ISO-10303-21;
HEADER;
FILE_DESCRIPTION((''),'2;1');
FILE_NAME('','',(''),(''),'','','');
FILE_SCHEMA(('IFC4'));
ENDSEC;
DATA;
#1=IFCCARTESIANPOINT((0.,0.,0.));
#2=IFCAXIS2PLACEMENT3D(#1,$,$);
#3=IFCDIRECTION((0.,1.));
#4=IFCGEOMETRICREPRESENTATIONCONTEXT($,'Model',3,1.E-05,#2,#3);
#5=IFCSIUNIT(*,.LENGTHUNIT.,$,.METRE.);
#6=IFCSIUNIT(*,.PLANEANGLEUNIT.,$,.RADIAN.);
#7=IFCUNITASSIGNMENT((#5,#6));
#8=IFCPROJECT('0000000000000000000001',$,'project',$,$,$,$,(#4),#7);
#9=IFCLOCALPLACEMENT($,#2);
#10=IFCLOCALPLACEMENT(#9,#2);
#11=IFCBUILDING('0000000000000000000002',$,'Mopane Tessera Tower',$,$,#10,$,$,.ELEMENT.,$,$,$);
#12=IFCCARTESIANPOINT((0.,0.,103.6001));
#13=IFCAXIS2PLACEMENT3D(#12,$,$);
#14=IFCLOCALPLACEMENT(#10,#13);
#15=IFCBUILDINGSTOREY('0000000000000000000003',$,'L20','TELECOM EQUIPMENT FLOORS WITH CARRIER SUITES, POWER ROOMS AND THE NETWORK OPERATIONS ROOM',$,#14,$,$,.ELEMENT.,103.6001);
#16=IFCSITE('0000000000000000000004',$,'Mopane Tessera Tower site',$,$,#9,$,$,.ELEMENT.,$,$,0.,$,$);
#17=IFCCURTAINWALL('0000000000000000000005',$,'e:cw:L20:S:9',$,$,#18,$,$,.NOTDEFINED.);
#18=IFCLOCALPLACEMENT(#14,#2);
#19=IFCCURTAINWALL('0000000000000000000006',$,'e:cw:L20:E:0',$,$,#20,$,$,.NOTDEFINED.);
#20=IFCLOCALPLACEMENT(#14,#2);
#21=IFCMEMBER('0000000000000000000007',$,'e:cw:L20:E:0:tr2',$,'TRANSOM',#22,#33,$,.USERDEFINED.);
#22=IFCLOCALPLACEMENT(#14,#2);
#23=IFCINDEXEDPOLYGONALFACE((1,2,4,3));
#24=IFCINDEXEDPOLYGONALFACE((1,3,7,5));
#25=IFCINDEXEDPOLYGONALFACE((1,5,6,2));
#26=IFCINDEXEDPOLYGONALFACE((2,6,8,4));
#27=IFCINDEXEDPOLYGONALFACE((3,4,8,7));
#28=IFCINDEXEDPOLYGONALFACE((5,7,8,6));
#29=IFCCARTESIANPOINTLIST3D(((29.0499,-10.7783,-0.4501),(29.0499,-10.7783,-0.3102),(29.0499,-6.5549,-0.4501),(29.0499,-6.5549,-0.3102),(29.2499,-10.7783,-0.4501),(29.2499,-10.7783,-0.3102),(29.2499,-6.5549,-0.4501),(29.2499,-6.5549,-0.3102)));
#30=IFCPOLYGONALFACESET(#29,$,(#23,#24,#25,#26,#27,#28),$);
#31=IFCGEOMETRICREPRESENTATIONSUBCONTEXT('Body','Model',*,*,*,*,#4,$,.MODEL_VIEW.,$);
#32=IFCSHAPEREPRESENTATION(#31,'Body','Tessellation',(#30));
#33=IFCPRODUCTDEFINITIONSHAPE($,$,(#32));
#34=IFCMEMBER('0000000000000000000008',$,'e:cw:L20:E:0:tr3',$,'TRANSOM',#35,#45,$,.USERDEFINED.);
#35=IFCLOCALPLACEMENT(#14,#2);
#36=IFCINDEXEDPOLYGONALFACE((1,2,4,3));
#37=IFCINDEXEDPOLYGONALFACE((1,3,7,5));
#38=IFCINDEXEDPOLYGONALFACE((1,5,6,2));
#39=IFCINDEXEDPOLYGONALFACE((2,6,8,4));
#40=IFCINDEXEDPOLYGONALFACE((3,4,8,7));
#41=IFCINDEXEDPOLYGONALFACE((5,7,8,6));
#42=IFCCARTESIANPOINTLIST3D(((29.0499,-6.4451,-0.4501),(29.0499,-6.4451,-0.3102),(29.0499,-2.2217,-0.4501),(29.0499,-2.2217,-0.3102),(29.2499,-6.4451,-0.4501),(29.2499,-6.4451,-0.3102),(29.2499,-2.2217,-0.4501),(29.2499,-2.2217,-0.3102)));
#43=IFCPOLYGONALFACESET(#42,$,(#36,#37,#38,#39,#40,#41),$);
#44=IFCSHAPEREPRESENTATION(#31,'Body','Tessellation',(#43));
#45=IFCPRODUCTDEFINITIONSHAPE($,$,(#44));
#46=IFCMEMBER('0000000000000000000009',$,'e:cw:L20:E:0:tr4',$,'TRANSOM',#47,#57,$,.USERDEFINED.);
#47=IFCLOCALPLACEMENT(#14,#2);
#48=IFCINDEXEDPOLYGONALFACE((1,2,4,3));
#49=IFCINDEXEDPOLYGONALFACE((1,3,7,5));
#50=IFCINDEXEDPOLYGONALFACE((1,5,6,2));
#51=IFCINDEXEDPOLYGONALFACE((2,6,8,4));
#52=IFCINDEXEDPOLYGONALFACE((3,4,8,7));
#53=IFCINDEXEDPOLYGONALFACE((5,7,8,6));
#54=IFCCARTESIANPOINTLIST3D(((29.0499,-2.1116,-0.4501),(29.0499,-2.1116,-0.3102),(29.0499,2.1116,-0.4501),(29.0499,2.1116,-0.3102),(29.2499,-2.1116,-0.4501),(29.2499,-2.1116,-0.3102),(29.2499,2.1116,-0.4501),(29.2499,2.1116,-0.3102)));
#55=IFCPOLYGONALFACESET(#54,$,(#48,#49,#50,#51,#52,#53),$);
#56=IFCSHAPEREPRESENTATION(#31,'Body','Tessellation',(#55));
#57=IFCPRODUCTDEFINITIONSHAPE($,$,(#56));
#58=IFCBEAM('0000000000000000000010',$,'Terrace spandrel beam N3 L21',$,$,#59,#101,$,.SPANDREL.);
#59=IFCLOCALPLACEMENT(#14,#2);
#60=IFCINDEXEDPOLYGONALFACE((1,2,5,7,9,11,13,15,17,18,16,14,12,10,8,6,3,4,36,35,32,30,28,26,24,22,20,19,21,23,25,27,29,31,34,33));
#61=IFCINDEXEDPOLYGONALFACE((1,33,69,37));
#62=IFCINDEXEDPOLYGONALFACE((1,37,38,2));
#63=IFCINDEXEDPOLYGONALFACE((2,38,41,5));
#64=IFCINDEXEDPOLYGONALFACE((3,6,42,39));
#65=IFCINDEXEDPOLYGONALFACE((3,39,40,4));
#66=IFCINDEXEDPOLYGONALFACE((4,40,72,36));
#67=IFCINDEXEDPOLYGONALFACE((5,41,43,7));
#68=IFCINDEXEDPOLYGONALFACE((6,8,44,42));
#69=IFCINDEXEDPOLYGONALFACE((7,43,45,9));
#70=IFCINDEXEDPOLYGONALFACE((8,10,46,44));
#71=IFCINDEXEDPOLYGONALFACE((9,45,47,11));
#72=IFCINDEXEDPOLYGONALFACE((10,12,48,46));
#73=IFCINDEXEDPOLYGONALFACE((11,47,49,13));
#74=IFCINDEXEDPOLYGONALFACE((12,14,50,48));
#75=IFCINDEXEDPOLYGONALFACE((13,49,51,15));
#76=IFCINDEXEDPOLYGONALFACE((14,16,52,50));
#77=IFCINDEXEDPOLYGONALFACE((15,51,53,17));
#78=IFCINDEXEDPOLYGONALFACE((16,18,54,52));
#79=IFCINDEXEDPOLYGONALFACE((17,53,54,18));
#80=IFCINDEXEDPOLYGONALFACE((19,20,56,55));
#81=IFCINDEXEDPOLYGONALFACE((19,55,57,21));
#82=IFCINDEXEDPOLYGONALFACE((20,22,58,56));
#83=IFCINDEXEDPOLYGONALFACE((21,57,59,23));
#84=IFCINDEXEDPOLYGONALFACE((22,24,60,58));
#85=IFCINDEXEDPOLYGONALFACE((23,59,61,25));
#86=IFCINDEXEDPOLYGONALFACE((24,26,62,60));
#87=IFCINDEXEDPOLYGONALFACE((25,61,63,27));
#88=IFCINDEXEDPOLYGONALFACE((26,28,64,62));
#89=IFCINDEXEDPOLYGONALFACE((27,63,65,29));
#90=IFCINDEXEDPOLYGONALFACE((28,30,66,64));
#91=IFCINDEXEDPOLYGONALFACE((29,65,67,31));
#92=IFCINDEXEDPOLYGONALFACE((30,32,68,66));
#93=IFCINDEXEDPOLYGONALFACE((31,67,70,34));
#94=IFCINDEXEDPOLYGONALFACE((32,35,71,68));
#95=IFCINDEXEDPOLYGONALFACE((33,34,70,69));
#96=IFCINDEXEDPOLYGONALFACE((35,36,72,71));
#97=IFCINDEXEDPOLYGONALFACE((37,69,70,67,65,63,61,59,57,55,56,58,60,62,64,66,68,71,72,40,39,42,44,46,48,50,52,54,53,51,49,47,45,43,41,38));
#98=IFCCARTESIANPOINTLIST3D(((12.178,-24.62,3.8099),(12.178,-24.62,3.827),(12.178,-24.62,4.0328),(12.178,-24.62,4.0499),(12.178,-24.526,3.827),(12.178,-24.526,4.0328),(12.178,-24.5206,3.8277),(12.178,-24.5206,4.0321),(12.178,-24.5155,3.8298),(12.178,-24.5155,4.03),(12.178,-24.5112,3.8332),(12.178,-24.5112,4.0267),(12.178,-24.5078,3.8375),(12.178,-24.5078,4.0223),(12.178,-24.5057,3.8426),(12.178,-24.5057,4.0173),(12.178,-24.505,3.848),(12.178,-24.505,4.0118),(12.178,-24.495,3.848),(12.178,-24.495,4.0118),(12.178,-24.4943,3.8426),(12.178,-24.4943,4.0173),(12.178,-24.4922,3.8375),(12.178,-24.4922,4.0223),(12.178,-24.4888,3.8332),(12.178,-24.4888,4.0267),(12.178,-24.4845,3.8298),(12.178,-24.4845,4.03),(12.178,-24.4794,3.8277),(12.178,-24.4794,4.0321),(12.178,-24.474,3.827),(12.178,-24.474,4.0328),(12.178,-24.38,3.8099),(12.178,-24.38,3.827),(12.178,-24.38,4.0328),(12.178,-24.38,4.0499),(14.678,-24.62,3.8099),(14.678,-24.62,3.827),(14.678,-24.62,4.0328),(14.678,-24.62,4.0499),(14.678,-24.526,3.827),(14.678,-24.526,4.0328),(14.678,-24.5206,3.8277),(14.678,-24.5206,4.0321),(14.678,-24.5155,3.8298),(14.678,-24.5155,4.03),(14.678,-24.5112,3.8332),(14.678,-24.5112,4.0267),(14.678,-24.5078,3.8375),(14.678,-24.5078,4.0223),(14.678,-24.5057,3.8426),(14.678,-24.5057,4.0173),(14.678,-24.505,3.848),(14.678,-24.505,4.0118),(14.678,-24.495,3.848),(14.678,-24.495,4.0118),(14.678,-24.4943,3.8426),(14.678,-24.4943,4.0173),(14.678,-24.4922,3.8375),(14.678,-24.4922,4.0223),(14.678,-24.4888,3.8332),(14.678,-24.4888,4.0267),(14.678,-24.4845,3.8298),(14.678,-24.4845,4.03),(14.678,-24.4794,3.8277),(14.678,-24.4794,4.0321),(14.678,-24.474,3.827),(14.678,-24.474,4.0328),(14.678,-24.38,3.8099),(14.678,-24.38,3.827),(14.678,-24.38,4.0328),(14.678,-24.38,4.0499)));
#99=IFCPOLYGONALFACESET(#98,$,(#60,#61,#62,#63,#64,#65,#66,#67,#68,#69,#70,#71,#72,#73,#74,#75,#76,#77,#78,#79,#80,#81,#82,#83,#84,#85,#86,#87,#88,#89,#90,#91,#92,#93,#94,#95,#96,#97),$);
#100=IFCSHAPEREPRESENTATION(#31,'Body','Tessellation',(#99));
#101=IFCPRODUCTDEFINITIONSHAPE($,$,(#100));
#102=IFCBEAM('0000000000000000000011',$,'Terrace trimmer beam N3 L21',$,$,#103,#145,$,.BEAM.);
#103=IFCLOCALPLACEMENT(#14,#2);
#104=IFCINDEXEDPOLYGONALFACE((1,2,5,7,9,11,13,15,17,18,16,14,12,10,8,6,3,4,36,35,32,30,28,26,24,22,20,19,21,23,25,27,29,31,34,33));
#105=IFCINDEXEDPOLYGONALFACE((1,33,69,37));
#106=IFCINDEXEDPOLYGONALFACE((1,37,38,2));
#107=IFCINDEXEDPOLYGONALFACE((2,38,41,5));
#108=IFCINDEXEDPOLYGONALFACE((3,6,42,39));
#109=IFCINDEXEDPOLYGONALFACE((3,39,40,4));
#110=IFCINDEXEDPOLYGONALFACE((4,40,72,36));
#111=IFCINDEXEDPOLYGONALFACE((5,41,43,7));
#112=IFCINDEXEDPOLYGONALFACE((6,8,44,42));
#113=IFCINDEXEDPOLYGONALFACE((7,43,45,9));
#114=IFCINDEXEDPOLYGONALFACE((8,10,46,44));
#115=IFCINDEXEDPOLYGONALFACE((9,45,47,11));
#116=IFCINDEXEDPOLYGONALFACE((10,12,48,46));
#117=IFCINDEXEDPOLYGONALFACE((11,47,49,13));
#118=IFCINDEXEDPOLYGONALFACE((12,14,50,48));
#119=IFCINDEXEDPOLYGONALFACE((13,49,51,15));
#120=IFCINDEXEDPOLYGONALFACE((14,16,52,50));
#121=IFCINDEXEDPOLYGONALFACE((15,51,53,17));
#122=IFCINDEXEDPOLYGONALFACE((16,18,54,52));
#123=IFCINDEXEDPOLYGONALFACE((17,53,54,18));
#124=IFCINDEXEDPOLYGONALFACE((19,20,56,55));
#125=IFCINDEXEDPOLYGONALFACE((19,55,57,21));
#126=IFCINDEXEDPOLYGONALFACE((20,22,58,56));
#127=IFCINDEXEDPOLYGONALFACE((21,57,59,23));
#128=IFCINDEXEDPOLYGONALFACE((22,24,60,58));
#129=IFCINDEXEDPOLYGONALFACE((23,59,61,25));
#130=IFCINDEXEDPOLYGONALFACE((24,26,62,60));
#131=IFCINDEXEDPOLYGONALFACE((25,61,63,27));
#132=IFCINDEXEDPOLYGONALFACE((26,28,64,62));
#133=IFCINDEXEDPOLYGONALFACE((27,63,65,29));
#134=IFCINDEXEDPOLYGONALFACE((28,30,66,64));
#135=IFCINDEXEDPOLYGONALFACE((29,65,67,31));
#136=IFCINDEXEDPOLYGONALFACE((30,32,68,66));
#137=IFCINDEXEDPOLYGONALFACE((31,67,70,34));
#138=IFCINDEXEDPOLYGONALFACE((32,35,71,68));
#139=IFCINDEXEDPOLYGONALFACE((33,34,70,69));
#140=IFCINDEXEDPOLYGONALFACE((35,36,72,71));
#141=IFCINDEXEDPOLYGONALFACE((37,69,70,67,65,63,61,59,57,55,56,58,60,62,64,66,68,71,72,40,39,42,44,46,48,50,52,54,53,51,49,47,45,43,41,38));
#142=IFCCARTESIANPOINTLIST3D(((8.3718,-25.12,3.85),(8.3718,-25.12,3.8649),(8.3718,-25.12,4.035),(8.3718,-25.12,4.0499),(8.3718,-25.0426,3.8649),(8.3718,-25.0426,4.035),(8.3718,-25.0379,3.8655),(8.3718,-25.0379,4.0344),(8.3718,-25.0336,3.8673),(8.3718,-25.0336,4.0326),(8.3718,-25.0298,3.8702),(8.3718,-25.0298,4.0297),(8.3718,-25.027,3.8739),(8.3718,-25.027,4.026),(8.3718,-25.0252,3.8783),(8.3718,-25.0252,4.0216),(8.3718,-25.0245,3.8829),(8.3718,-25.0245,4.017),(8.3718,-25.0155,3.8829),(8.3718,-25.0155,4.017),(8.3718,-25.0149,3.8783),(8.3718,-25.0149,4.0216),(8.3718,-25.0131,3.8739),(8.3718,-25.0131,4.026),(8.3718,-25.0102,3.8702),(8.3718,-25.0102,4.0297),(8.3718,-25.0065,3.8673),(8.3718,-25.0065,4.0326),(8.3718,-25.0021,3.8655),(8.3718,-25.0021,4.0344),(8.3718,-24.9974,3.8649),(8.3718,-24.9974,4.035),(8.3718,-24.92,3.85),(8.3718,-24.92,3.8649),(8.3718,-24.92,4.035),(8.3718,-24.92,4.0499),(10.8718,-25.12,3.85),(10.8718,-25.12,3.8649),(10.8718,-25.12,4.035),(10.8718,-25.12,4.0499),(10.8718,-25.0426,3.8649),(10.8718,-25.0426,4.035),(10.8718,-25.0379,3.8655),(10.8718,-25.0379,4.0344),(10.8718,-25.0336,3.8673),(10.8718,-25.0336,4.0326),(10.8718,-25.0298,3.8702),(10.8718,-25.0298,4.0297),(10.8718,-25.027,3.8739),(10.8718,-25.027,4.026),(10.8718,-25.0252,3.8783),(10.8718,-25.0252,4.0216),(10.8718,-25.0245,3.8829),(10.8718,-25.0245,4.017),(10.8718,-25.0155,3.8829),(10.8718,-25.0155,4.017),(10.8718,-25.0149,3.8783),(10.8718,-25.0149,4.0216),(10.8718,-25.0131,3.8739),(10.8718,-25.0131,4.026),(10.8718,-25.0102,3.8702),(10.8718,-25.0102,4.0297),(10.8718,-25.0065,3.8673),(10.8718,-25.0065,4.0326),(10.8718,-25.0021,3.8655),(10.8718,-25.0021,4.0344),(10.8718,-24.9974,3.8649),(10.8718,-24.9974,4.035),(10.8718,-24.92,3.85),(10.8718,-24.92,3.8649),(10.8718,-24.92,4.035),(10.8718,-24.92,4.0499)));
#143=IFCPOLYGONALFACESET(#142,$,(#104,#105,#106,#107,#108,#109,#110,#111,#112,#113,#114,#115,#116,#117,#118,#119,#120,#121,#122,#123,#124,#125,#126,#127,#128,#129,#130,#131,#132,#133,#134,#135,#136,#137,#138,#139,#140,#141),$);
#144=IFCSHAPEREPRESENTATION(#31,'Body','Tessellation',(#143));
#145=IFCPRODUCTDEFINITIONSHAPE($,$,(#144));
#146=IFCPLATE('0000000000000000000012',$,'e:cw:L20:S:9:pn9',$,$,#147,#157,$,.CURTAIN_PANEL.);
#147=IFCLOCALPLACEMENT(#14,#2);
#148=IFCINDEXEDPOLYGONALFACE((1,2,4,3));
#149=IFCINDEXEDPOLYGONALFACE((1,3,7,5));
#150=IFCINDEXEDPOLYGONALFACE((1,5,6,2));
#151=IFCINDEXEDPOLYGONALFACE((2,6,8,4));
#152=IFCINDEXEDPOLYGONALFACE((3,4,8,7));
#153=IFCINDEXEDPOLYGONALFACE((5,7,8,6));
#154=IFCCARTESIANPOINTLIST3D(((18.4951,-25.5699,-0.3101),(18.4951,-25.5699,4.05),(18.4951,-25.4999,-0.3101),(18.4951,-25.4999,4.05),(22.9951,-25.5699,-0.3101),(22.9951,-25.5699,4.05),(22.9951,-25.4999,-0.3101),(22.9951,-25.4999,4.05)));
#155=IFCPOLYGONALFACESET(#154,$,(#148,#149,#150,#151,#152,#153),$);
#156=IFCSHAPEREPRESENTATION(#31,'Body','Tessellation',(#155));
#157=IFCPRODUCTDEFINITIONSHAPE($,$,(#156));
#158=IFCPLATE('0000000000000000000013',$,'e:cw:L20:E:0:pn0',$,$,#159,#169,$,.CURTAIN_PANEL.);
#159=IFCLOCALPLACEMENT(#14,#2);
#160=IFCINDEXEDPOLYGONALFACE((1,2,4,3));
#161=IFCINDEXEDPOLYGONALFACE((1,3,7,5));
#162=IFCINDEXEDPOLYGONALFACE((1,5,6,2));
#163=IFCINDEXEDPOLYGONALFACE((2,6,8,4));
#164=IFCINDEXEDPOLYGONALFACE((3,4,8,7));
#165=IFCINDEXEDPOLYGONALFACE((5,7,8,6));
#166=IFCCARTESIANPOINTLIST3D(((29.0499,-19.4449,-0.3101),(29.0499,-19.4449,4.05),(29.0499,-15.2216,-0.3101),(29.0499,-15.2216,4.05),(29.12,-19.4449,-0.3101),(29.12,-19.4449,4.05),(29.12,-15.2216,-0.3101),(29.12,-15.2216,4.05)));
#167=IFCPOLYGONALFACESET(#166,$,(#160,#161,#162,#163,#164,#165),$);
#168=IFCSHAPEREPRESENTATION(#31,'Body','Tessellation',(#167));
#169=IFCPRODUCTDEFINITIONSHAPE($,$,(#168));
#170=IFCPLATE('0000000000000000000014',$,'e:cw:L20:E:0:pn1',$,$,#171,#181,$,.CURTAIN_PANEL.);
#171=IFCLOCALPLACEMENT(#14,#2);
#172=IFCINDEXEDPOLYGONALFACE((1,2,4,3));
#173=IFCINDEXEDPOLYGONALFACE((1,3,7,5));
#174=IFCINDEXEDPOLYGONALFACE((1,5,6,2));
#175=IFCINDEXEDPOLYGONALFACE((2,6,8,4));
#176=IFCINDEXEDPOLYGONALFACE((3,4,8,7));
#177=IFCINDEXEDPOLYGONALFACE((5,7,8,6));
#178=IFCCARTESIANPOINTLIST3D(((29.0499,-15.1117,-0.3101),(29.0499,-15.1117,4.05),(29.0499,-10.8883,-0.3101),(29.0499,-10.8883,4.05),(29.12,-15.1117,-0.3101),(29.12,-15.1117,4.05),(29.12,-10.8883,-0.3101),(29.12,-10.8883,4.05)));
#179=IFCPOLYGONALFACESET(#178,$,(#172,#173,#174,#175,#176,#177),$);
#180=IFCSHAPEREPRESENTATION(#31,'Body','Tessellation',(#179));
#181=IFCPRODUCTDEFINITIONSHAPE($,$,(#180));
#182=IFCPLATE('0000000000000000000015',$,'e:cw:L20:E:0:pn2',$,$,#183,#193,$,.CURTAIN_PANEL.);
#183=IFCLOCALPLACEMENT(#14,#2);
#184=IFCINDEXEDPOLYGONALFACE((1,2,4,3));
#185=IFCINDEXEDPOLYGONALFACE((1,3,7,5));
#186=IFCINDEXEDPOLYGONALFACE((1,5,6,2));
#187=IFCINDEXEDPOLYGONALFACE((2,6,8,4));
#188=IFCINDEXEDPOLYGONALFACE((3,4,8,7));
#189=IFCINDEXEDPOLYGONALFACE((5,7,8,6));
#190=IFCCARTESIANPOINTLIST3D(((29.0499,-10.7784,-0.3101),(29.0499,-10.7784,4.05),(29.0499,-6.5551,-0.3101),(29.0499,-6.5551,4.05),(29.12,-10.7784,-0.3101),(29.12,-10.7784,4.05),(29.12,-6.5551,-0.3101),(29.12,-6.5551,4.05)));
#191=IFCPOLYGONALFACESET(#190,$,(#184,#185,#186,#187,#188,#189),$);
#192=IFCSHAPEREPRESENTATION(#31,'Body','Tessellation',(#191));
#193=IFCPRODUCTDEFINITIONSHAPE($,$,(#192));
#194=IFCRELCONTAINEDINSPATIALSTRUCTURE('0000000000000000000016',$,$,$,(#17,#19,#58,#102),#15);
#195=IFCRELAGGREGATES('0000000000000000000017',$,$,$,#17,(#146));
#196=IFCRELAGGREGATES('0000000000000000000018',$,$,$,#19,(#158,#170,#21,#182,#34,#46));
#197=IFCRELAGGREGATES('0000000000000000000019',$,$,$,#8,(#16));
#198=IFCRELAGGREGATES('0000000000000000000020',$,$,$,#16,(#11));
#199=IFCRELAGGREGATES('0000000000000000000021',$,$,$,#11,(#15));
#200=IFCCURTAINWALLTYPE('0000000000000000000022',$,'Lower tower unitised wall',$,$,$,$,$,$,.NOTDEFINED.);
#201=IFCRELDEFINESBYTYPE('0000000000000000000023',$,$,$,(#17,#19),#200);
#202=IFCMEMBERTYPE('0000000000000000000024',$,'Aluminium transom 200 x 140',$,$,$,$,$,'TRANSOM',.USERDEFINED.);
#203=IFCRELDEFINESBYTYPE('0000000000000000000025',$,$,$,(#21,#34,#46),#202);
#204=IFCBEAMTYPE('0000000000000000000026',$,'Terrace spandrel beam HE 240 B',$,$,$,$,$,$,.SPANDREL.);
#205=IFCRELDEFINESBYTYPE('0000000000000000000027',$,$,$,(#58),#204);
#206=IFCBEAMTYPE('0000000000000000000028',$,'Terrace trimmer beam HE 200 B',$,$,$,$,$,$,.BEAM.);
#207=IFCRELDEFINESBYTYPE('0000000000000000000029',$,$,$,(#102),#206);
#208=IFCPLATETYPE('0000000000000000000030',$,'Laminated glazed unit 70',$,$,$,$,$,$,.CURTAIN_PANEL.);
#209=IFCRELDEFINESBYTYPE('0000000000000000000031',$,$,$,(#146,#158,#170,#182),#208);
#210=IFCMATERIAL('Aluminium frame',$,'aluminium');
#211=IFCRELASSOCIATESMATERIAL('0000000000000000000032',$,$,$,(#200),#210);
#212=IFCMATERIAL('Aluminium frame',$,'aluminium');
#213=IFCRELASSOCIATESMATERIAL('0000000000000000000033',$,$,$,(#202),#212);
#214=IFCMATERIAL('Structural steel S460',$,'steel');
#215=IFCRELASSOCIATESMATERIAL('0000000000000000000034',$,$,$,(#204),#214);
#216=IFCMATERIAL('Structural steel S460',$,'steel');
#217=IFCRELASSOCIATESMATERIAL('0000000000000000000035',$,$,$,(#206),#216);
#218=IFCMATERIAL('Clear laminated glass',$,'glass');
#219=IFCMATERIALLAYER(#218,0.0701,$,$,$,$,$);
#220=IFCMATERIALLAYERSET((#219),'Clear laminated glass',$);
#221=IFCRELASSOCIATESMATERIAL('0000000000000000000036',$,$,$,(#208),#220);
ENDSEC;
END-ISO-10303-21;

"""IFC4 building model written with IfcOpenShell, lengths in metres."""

from ifc_helpers import new_model, si_unit, direction, frame, origin, origin_2d, place, context, subcontext, project, spatial, rectangle, i_section, extrude, material, layer, layer_set, material_profile, profile_set, type_object, element, aggregate, save


model = new_model("IFC4")

# Units and contexts
model_context = context("Model", 3, precision=1e-05, world=origin(), true_north=direction((0.0, 1.0)))
body_context = subcontext(model_context, "Body", "Model", "MODEL_VIEW")
ifc_project = project(units=[si_unit("LENGTHUNIT", "METRE"), si_unit("PLANEANGLEUNIT", "RADIAN")], contexts=[model_context])

# Site, building, storey
site_placement = place(None, origin())
site = spatial("IfcSite", under=ifc_project, at=site_placement, Name="Mopane Tessera Tower site", CompositionType="ELEMENT", RefElevation=0.0)
building_placement = place(site_placement, origin())
building = spatial("IfcBuilding", under=site, at=building_placement, Name="Mopane Tessera Tower", CompositionType="ELEMENT")
storey_placement = place(building_placement, frame((0.0, 0.0, 103.6001)))
storey = spatial("IfcBuildingStorey", under=building, at=storey_placement, Name="L20", Description="TELECOM EQUIPMENT FLOORS WITH CARRIER SUITES, POWER ROOMS AND THE NETWORK OPERATIONS ROOM", CompositionType="ELEMENT", Elevation=103.6001)

# Curtain walls
ifc_material_1 = material(Name="Aluminium frame", Category="aluminium")
curtain_wall_type = type_object("IfcCurtainWallType", Name="Lower tower unitised wall", PredefinedType="NOTDEFINED", material=ifc_material_1)
curtain_wall_1_placement = place(storey_placement, origin())
curtain_wall_1 = element("IfcCurtainWall", 1, at=curtain_wall_1_placement, inside=storey, type_object=curtain_wall_type, Name="e:cw:L20:S:9", PredefinedType="NOTDEFINED")
curtain_wall_2_placement = place(storey_placement, origin())
curtain_wall_2 = element("IfcCurtainWall", 2, at=curtain_wall_2_placement, inside=storey, type_object=curtain_wall_type, Name="e:cw:L20:E:0", PredefinedType="NOTDEFINED")

# Members
ifc_material_2 = material(Name="Aluminium frame", Category="aluminium")
ifc_material_profile_1 = material_profile(ifc_material_2, rectangle(XDim=0.2, YDim=0.1399, at=origin_2d()))
ifc_profile_set_1 = profile_set([ifc_material_profile_1], Name="Aluminium frame")
member_type_1 = type_object("IfcMemberType", Name="Aluminium transom 200 x 140", ElementType="TRANSOM", PredefinedType="USERDEFINED", material=ifc_profile_set_1)
member_1_placement = place(storey_placement, frame((29.1499, -10.7783, -0.3801), z_axis=(0.0, 1.0, 0.0), x_axis=(-1.0, 0.0, 0.0)))
member_1 = element("IfcMember", 3, at=member_1_placement, type_object=member_type_1, Name="e:cw:L20:E:0:tr2", ObjectType="TRANSOM", PredefinedType="USERDEFINED", context=body_context, shape_type="SweptSolid", body=[
    extrude(rectangle(XDim=0.2, YDim=0.1399, at=origin_2d()), origin(), (0.0, 0.0, 1.0), 4.2234),
])
member_2_placement = place(storey_placement, frame((29.1499, -6.4451, -0.3801), z_axis=(0.0, 1.0, 0.0), x_axis=(-1.0, 0.0, 0.0)))
member_2 = element("IfcMember", 4, at=member_2_placement, type_object=member_type_1, Name="e:cw:L20:E:0:tr3", ObjectType="TRANSOM", PredefinedType="USERDEFINED", context=body_context, shape_type="SweptSolid", body=[
    extrude(rectangle(XDim=0.2, YDim=0.1399, at=origin_2d()), origin(), (0.0, 0.0, 1.0), 4.2234),
])
member_3_placement = place(storey_placement, frame((29.1499, -2.1116, -0.3801), z_axis=(0.0, 1.0, 0.0), x_axis=(-1.0, 0.0, 0.0)))
member_3 = element("IfcMember", 5, at=member_3_placement, type_object=member_type_1, Name="e:cw:L20:E:0:tr4", ObjectType="TRANSOM", PredefinedType="USERDEFINED", context=body_context, shape_type="SweptSolid", body=[
    extrude(rectangle(XDim=0.2, YDim=0.1399, at=origin_2d()), origin(), (0.0, 0.0, 1.0), 4.2231),
])

# Beams
ifc_material_3 = material(Name="Structural steel S460", Category="steel")
ifc_material_profile_2 = material_profile(ifc_material_3, i_section(OverallWidth=0.24, OverallDepth=0.24, WebThickness=0.01, FlangeThickness=0.0171, FilletRadius=0.021, at=origin_2d()))
ifc_profile_set_2 = profile_set([ifc_material_profile_2], Name="Structural steel S460")
beam_type_1 = type_object("IfcBeamType", Name="Terrace spandrel beam HE 240 B", PredefinedType="SPANDREL", material=ifc_profile_set_2)
beam_1_placement = place(storey_placement, frame((12.178, -24.5, 3.9299), z_axis=(1.0, 0.0, 0.0), x_axis=(0.0, 1.0, 0.0)))
element("IfcBeam", 6, at=beam_1_placement, inside=storey, type_object=beam_type_1, Name="Terrace spandrel beam N3 L21", PredefinedType="SPANDREL", context=body_context, shape_type="SweptSolid", body=[
    extrude(i_section(OverallWidth=0.24, OverallDepth=0.24, WebThickness=0.01, FlangeThickness=0.0171, FilletRadius=0.021, at=origin_2d()), origin(), (0.0, 0.0, 1.0), 2.5),
])
ifc_material_4 = material(Name="Structural steel S460", Category="steel")
ifc_material_profile_3 = material_profile(ifc_material_4, i_section(OverallWidth=0.2, OverallDepth=0.2, WebThickness=0.009, FlangeThickness=0.0149, FilletRadius=0.0181, at=origin_2d()))
ifc_profile_set_3 = profile_set([ifc_material_profile_3], Name="Structural steel S460")
beam_type_2 = type_object("IfcBeamType", Name="Terrace trimmer beam HE 200 B", PredefinedType="BEAM", material=ifc_profile_set_3)
beam_2_placement = place(storey_placement, frame((10.8718, -25.02, 3.95), z_axis=(-1.0, 0.0, 0.0), x_axis=(0.0, -1.0, 0.0)))
element("IfcBeam", 7, at=beam_2_placement, inside=storey, type_object=beam_type_2, Name="Terrace trimmer beam N3 L21", PredefinedType="BEAM", context=body_context, shape_type="SweptSolid", body=[
    extrude(i_section(OverallWidth=0.2, OverallDepth=0.2, WebThickness=0.009, FlangeThickness=0.0149, FilletRadius=0.0181, at=origin_2d()), origin(), (0.0, 0.0, 1.0), 2.5),
])

# Plates
ifc_material_5 = material(Name="Clear laminated glass", Category="glass")
ifc_layer_1 = layer(ifc_material_5, 0.0701)
ifc_layer_set_1 = layer_set([ifc_layer_1], Name="Clear laminated glass")
plate_type = type_object("IfcPlateType", Name="Laminated glazed unit 70", PredefinedType="CURTAIN_PANEL", material=ifc_layer_set_1)
plate_1_placement = place(storey_placement, frame((20.7451, -25.5349, -0.3101), z_axis=(0.0, 0.0, 1.0), x_axis=(1.0, 0.0, 0.0)))
plate_1 = element("IfcPlate", 8, at=plate_1_placement, type_object=plate_type, Name="e:cw:L20:S:9:pn9", PredefinedType="CURTAIN_PANEL", context=body_context, shape_type="SweptSolid", body=[
    extrude(rectangle(XDim=4.5, YDim=0.0701, at=origin_2d()), origin(), (0.0, 0.0, 1.0), 4.3601),
])
aggregate(curtain_wall_1, [plate_1])
plate_2_placement = place(storey_placement, frame((29.085, -17.3333, -0.3101), z_axis=(0.0, 0.0, 1.0), x_axis=(0.0, 1.0, 0.0)))
plate_2 = element("IfcPlate", 9, at=plate_2_placement, type_object=plate_type, Name="e:cw:L20:E:0:pn0", PredefinedType="CURTAIN_PANEL", context=body_context, shape_type="SweptSolid", body=[
    extrude(rectangle(XDim=4.2234, YDim=0.0701, at=origin_2d()), origin(), (0.0, 0.0, 1.0), 4.3601),
])
plate_3_placement = place(storey_placement, frame((29.085, -13.0, -0.3101), z_axis=(0.0, 0.0, 1.0), x_axis=(0.0, 1.0, 0.0)))
plate_3 = element("IfcPlate", 10, at=plate_3_placement, type_object=plate_type, Name="e:cw:L20:E:0:pn1", PredefinedType="CURTAIN_PANEL", context=body_context, shape_type="SweptSolid", body=[
    extrude(rectangle(XDim=4.2234, YDim=0.0701, at=origin_2d()), origin(), (0.0, 0.0, 1.0), 4.3601),
])
plate_4_placement = place(storey_placement, frame((29.085, -8.6667, -0.3101), z_axis=(0.0, 0.0, 1.0), x_axis=(0.0, 1.0, 0.0)))
plate_4 = element("IfcPlate", 11, at=plate_4_placement, type_object=plate_type, Name="e:cw:L20:E:0:pn2", PredefinedType="CURTAIN_PANEL", context=body_context, shape_type="SweptSolid", body=[
    extrude(rectangle(XDim=4.2234, YDim=0.0701, at=origin_2d()), origin(), (0.0, 0.0, 1.0), 4.3601),
])
aggregate(curtain_wall_2, [plate_2, plate_3, member_1, plate_4, member_2, member_3])

save(model, "model.ifc")
